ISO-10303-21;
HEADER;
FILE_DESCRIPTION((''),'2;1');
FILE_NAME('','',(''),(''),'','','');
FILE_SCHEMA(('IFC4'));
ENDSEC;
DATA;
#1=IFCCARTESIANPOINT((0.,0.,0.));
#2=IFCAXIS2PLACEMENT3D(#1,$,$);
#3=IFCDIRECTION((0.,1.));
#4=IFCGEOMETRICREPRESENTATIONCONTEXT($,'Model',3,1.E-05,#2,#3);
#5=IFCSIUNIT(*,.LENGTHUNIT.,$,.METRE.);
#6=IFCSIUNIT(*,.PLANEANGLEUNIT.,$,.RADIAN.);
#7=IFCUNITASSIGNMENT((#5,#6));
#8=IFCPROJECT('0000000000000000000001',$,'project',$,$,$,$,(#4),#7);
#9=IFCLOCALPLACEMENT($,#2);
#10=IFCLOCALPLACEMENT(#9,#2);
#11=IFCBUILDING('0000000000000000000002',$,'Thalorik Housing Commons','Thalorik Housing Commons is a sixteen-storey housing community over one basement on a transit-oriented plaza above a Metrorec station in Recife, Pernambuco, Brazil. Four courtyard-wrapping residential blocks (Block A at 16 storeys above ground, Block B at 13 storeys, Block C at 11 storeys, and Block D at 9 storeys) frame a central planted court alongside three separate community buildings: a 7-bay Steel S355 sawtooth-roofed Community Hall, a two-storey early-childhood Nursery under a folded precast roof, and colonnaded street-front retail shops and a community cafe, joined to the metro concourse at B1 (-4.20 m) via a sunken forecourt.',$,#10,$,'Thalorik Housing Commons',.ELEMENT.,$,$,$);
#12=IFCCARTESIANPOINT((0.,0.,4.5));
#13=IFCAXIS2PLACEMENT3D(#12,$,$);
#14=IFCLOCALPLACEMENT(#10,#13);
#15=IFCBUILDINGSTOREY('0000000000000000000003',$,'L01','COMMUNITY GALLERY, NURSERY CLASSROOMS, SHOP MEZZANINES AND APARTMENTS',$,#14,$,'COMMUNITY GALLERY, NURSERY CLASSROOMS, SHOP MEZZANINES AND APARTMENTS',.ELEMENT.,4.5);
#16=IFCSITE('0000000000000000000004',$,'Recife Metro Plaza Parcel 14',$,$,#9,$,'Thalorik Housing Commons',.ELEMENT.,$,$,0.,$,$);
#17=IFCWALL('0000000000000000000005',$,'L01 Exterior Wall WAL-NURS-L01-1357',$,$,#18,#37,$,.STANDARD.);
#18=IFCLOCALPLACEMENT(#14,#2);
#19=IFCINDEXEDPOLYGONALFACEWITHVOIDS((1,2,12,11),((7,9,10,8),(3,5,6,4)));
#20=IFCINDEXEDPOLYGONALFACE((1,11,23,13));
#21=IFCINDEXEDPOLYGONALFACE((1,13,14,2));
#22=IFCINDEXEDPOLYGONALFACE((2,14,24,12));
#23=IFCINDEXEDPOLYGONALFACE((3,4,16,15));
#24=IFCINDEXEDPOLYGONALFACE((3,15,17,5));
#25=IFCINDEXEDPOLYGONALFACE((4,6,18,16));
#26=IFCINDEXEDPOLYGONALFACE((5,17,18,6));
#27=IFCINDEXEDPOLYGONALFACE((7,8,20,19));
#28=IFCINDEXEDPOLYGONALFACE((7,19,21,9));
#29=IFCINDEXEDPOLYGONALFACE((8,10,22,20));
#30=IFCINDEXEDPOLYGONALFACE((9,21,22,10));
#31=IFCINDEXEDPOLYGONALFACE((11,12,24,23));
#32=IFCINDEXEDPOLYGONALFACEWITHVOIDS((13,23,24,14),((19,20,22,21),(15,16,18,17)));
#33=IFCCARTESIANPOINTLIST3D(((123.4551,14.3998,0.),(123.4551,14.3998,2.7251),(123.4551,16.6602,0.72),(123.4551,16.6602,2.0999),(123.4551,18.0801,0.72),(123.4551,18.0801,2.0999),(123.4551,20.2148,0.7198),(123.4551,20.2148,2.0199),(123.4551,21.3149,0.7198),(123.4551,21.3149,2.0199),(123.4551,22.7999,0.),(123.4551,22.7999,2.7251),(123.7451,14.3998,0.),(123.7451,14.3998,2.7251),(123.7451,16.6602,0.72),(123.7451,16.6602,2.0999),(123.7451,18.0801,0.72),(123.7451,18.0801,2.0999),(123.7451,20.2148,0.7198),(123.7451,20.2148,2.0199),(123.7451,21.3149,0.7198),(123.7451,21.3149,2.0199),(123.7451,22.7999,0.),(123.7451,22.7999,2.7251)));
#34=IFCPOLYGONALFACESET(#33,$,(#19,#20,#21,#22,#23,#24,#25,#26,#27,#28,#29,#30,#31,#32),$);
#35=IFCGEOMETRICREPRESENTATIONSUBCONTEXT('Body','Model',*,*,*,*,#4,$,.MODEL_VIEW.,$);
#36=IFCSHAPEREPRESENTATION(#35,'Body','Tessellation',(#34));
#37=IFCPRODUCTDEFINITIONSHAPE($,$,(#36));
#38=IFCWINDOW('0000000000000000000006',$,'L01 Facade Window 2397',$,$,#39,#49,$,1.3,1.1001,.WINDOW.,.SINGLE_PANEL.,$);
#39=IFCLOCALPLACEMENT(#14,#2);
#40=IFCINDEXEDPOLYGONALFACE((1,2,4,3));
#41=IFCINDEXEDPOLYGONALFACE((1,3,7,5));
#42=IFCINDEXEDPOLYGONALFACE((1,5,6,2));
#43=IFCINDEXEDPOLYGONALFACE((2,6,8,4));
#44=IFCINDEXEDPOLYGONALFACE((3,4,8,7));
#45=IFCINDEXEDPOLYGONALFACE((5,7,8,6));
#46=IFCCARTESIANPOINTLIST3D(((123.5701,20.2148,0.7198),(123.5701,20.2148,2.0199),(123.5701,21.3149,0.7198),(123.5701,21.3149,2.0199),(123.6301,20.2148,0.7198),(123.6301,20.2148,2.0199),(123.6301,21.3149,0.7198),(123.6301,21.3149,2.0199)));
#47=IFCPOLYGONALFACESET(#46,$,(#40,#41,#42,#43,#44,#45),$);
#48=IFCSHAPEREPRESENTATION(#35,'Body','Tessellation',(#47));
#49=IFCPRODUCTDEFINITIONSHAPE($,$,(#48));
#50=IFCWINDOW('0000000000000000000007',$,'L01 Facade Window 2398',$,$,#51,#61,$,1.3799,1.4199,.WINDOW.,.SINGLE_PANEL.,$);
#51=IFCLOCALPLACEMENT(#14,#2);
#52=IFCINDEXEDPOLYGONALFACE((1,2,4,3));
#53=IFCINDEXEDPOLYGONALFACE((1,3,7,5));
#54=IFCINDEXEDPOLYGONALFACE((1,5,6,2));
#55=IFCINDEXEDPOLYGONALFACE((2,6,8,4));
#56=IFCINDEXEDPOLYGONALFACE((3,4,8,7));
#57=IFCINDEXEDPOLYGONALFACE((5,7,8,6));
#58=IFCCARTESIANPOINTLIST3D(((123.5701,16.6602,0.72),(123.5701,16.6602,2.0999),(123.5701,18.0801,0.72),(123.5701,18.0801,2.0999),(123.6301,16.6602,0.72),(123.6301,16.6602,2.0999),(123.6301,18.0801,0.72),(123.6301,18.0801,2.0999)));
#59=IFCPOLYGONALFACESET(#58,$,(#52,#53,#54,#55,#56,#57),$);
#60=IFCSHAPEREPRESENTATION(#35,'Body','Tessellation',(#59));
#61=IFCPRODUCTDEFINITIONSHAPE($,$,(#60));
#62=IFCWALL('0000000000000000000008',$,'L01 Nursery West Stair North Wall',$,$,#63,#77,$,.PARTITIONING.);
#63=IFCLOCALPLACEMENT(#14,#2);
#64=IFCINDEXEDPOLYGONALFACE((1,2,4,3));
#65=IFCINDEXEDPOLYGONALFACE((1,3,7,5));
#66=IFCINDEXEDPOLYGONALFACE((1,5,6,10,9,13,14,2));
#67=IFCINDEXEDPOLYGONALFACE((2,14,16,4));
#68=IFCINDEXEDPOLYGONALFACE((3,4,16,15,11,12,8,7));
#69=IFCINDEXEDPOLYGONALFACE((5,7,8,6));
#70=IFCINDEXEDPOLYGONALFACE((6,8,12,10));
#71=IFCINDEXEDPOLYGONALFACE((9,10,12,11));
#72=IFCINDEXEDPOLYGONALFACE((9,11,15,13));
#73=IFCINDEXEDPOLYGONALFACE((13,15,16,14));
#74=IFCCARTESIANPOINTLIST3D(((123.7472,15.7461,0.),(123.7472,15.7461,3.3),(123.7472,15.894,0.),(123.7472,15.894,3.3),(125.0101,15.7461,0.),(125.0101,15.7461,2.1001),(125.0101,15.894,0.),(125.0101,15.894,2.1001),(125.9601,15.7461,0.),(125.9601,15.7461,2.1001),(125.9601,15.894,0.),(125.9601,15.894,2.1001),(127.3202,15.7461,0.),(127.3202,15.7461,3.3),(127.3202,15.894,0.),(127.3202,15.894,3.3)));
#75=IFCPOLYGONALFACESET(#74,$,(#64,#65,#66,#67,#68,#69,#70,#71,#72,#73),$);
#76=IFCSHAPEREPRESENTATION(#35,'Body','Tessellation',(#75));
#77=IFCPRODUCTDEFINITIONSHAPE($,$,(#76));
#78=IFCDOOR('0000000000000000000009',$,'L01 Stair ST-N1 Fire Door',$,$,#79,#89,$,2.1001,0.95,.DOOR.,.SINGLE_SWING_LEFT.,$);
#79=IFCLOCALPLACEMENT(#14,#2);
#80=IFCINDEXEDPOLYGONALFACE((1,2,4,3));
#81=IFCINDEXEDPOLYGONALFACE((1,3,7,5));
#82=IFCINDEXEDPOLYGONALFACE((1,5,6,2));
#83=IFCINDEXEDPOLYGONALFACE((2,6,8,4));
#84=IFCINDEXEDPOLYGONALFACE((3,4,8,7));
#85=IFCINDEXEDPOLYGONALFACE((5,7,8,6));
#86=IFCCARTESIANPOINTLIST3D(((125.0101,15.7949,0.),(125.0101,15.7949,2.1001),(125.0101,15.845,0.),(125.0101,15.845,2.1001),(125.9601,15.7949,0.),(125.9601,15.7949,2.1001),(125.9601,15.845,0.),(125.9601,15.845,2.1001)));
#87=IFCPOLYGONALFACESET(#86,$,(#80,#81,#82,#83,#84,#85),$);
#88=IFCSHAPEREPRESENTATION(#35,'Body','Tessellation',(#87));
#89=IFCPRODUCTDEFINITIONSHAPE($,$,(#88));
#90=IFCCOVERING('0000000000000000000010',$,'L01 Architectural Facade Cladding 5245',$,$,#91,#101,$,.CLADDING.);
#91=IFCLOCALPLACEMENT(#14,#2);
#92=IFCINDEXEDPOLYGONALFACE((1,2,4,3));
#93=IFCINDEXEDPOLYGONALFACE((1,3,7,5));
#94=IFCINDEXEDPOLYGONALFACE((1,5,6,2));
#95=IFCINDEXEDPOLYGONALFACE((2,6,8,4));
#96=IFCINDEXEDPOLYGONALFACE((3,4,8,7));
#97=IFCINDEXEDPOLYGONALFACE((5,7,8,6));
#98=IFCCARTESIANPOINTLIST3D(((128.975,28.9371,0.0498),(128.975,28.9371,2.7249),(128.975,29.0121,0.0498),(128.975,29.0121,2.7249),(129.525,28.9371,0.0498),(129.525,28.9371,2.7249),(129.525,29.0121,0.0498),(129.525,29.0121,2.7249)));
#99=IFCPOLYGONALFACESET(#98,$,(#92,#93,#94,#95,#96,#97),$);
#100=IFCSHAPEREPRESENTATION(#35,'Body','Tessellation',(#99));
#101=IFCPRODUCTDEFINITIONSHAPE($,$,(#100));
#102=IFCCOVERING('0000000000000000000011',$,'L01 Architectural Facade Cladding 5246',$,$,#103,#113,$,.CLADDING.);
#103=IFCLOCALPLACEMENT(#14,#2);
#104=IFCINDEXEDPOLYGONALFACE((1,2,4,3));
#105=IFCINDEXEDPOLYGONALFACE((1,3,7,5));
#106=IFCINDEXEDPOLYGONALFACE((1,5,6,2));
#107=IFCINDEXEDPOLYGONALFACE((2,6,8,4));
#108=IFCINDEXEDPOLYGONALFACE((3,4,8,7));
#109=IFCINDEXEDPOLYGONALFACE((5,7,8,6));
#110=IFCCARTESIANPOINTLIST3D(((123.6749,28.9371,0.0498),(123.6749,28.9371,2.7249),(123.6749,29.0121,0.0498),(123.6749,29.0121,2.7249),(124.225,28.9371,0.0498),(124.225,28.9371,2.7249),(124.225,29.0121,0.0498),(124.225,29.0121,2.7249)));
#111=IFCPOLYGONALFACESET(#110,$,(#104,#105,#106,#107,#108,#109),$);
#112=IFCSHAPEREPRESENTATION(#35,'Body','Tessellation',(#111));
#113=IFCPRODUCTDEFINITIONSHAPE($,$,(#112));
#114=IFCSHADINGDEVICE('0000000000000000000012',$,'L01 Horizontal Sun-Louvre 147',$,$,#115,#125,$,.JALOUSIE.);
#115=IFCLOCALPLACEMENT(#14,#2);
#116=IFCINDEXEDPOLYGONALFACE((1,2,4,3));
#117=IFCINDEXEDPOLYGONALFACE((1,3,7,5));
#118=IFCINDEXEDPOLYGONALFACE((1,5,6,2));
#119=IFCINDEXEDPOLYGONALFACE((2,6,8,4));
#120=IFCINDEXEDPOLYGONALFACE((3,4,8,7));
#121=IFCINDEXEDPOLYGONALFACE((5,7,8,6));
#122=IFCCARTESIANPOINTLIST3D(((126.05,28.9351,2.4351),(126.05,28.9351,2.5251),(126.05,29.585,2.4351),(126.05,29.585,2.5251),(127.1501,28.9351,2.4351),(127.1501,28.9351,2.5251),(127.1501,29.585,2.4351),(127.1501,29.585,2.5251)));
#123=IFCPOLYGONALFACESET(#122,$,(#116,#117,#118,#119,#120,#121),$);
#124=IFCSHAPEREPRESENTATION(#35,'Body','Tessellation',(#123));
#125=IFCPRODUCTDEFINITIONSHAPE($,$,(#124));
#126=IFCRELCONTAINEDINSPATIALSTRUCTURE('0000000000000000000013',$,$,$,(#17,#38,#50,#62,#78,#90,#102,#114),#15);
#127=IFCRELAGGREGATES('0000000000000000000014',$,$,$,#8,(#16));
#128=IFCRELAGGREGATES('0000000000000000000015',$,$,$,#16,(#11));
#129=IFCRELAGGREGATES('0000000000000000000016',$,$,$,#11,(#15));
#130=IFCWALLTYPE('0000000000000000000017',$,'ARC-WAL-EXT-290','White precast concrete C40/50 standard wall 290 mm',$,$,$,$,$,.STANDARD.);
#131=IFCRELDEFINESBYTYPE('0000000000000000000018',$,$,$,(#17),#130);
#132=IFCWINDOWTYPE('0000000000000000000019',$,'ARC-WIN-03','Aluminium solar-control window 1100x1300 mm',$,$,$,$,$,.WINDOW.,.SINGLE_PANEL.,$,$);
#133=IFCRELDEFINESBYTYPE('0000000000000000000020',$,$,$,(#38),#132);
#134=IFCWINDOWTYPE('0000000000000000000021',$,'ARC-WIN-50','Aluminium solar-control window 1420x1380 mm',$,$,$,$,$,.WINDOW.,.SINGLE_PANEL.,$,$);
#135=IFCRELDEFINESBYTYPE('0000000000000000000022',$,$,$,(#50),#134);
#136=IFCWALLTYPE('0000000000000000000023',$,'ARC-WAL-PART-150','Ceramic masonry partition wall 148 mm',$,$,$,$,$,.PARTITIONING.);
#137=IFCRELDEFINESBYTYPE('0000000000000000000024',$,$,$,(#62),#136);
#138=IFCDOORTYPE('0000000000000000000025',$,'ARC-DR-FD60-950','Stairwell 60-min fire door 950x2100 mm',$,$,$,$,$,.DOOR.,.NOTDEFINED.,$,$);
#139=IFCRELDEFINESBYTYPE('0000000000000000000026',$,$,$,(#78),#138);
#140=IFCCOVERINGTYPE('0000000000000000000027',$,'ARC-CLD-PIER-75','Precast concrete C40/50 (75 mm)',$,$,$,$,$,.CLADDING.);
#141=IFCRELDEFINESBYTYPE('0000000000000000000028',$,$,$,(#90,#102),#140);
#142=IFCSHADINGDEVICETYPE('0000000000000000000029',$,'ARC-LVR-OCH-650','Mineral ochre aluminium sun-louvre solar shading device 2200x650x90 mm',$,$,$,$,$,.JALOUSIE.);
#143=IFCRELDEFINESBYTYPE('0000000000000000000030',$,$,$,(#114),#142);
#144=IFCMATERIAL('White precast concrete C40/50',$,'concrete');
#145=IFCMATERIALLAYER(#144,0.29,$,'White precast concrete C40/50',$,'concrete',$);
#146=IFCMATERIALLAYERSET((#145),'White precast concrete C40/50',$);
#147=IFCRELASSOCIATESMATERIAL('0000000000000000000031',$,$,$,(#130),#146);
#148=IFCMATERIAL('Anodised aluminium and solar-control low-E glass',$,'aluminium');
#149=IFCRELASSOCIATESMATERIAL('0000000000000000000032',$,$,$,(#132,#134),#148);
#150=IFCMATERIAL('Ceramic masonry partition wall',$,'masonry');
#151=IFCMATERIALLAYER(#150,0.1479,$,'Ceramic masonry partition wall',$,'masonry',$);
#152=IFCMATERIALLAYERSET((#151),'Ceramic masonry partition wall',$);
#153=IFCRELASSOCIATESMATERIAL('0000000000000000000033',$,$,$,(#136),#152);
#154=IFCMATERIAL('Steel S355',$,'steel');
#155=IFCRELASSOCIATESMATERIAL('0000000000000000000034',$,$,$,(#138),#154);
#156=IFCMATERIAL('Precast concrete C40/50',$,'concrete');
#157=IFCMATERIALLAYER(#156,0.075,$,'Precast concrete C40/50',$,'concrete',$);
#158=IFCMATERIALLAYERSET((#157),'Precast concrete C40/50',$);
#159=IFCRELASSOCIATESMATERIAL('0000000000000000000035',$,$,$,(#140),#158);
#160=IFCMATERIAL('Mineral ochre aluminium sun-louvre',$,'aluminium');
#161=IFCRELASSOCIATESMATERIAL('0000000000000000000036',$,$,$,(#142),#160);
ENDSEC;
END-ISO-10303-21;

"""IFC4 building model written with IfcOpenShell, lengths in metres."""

from ifc_helpers import new_model, si_unit, direction, frame, frame_2d, origin, origin_2d, place, context, subcontext, project, spatial, rectangle, extrude, material, layer, layer_set, type_object, element, fill, save


model = new_model("IFC4")

# Units and contexts
model_context = context("Model", 3, precision=1e-05, world=origin(), true_north=direction((0.0, 1.0)))
body_context = subcontext(model_context, "Body", "Model", "MODEL_VIEW")
ifc_project = project(units=[si_unit("LENGTHUNIT", "METRE"), si_unit("PLANEANGLEUNIT", "RADIAN")], contexts=[model_context])

# Site, building, storey
site_placement = place(None, origin())
site = spatial("IfcSite", under=ifc_project, at=site_placement, Name="Recife Metro Plaza Parcel 14", LongName="Thalorik Housing Commons", CompositionType="ELEMENT", RefElevation=0.0)
building_placement = place(site_placement, origin())
building = spatial("IfcBuilding", under=site, at=building_placement, Name="Thalorik Housing Commons", Description="Thalorik Housing Commons is a sixteen-storey housing community over one basement on a transit-oriented plaza above a Metrorec station in Recife, Pernambuco, Brazil. Four courtyard-wrapping residential blocks (Block A at 16 storeys above ground, Block B at 13 storeys, Block C at 11 storeys, and Block D at 9 storeys) frame a central planted court alongside three separate community buildings: a 7-bay Steel S355 sawtooth-roofed Community Hall, a two-storey early-childhood Nursery under a folded precast roof, and colonnaded street-front retail shops and a community cafe, joined to the metro concourse at B1 (-4.20 m) via a sunken forecourt.", LongName="Thalorik Housing Commons", CompositionType="ELEMENT")
storey_placement = place(building_placement, frame((0.0, 0.0, 4.5)))
storey = spatial("IfcBuildingStorey", under=building, at=storey_placement, Name="L01", Description="COMMUNITY GALLERY, NURSERY CLASSROOMS, SHOP MEZZANINES AND APARTMENTS", LongName="COMMUNITY GALLERY, NURSERY CLASSROOMS, SHOP MEZZANINES AND APARTMENTS", CompositionType="ELEMENT", Elevation=4.5)

# Shared definitions
ifc_material_1 = material(Name="Precast concrete C40/50", Category="concrete")

# Shared definitions
ifc_material_2 = material(Name="White precast concrete C40/50", Category="concrete")
ifc_layer_1 = layer(ifc_material_2, 0.29, Name="White precast concrete C40/50", Category="concrete")
ifc_layer_set_1 = layer_set([ifc_layer_1], Name="White precast concrete C40/50")
wall_type_1 = type_object("IfcWallType", Name="ARC-WAL-EXT-290", Description="White precast concrete C40/50 standard wall 290 mm", PredefinedType="STANDARD", material=ifc_layer_set_1)
ifc_material_3 = material(Name="Anodised aluminium and solar-control low-E glass", Category="aluminium")

# Wall, openings, windows
wall_1_placement = place(storey_placement, frame((123.6001, 22.8, 0.0), z_axis=(0.0, 0.0, 1.0), x_axis=(0.0, -1.0, 0.0)))
wall_1 = element("IfcWall", 1, at=wall_1_placement, inside=storey, type_object=wall_type_1, Name="L01 Exterior Wall WAL-NURS-L01-1357", PredefinedType="STANDARD", context=body_context, shape_type="SweptSolid", body=[
    extrude(rectangle(XDim=8.4001, YDim=0.29, at=frame_2d((4.2002, 0.0))), origin(), (0.0, 0.0, 1.0), 2.7251),
])
opening_1_placement = place(wall_1_placement, frame((1.4851, 0.0, 0.72)))
opening_1 = element("IfcOpeningElement", 2, at=opening_1_placement, cuts=wall_1, PredefinedType="OPENING", context=body_context, shape_type="SweptSolid", body=[
    extrude(rectangle(XDim=1.1001, YDim=1.3, at=frame_2d((0.55, 0.6499))), frame((0.0, 0.155, 0.0), z_axis=(0.0, -1.0, 0.0), x_axis=(1.0, 0.0, 0.0)), (0.0, 0.0, 1.0), 0.3101),
])
opening_2_placement = place(wall_1_placement, frame((4.72, 0.0, 0.72)))
opening_2 = element("IfcOpeningElement", 3, at=opening_2_placement, cuts=wall_1, PredefinedType="OPENING", context=body_context, shape_type="SweptSolid", body=[
    extrude(rectangle(XDim=1.4199, YDim=1.3799, at=frame_2d((0.71, 0.6899))), frame((0.0, 0.155, 0.0), z_axis=(0.0, -1.0, 0.0), x_axis=(1.0, 0.0, 0.0)), (0.0, 0.0, 1.0), 0.3101),
])
window_type_1 = type_object("IfcWindowType", Name="ARC-WIN-03", Description="Aluminium solar-control window 1100x1300 mm", PartitioningType="SINGLE_PANEL", PredefinedType="WINDOW", material=ifc_material_3)
window_1_placement = place(opening_1_placement, origin())
window_1 = element("IfcWindow", 4, at=window_1_placement, inside=storey, type_object=window_type_1, Name="L01 Facade Window 2397", OverallHeight=1.3, OverallWidth=1.1001, PartitioningType="SINGLE_PANEL", PredefinedType="WINDOW", context=body_context, shape_type="SweptSolid", body=[
    extrude(rectangle(XDim=1.1001, YDim=1.3, at=frame_2d((0.55, 0.6499))), frame((0.0, 0.03, 0.0), z_axis=(0.0, -1.0, 0.0), x_axis=(1.0, 0.0, 0.0)), (0.0, 0.0, 1.0), 0.0601),
])
fill(opening_1, window_1)
window_type_2 = type_object("IfcWindowType", Name="ARC-WIN-50", Description="Aluminium solar-control window 1420x1380 mm", PartitioningType="SINGLE_PANEL", PredefinedType="WINDOW", material=ifc_material_3)
window_2_placement = place(opening_2_placement, origin())
window_2 = element("IfcWindow", 5, at=window_2_placement, inside=storey, type_object=window_type_2, Name="L01 Facade Window 2398", OverallHeight=1.3799, OverallWidth=1.4199, PartitioningType="SINGLE_PANEL", PredefinedType="WINDOW", context=body_context, shape_type="SweptSolid", body=[
    extrude(rectangle(XDim=1.4199, YDim=1.3799, at=frame_2d((0.71, 0.6899))), frame((0.0, 0.03, 0.0), z_axis=(0.0, -1.0, 0.0), x_axis=(1.0, 0.0, 0.0)), (0.0, 0.0, 1.0), 0.0601),
])
fill(opening_2, window_2)

# Wall, opening, door
ifc_material_4 = material(Name="Ceramic masonry partition wall", Category="masonry")
ifc_layer_2 = layer(ifc_material_4, 0.1479, Name="Ceramic masonry partition wall", Category="masonry")
ifc_layer_set_2 = layer_set([ifc_layer_2], Name="Ceramic masonry partition wall")
wall_type_2 = type_object("IfcWallType", Name="ARC-WAL-PART-150", Description="Ceramic masonry partition wall 148 mm", PredefinedType="PARTITIONING", material=ifc_layer_set_2)
wall_2_placement = place(storey_placement, frame((123.7471, 15.8201, 0.0), z_axis=(0.0, 0.0, 1.0), x_axis=(1.0, 0.0, 0.0)))
wall_2 = element("IfcWall", 6, at=wall_2_placement, inside=storey, type_object=wall_type_2, Name="L01 Nursery West Stair North Wall", PredefinedType="PARTITIONING", context=body_context, shape_type="SweptSolid", body=[
    extrude(rectangle(XDim=3.573, YDim=0.1479, at=frame_2d((1.7866, 0.0))), origin(), (0.0, 0.0, 1.0), 3.3),
])
opening_3_placement = place(wall_2_placement, frame((1.2629, 0.0, 0.0)))
opening_3 = element("IfcOpeningElement", 7, at=opening_3_placement, cuts=wall_2, PredefinedType="OPENING", context=body_context, shape_type="SweptSolid", body=[
    extrude(rectangle(XDim=0.95, YDim=2.1001, at=frame_2d((0.4751, 1.05))), frame((0.0, 0.084, 0.0), z_axis=(0.0, -1.0, 0.0), x_axis=(1.0, 0.0, 0.0)), (0.0, 0.0, 1.0), 0.168),
])
ifc_material_5 = material(Name="Steel S355", Category="steel")
door_type_1 = type_object("IfcDoorType", Name="ARC-DR-FD60-950", Description="Stairwell 60-min fire door 950x2100 mm", OperationType="NOTDEFINED", PredefinedType="DOOR", material=ifc_material_5)
door_1_placement = place(opening_3_placement, origin())
door_1 = element("IfcDoor", 8, at=door_1_placement, inside=storey, type_object=door_type_1, Name="L01 Stair ST-N1 Fire Door", OperationType="SINGLE_SWING_LEFT", OverallHeight=2.1001, OverallWidth=0.95, PredefinedType="DOOR", context=body_context, shape_type="SweptSolid", body=[
    extrude(rectangle(XDim=0.95, YDim=2.1001, at=frame_2d((0.4751, 1.05))), frame((0.0, 0.0249, 0.0), z_axis=(0.0, -1.0, 0.0), x_axis=(1.0, 0.0, 0.0)), (0.0, 0.0, 1.0), 0.05),
])
fill(opening_3, door_1)

# Coverings
ifc_layer_3 = layer(ifc_material_1, 0.075, Name="Precast concrete C40/50", Category="concrete")
ifc_layer_set_3 = layer_set([ifc_layer_3], Name="Precast concrete C40/50")
covering_type = type_object("IfcCoveringType", Name="ARC-CLD-PIER-75", Description="Precast concrete C40/50 (75 mm)", PredefinedType="CLADDING", material=ifc_layer_set_3)
for number, where, z_axis, x_axis, name in (
    (9, (129.25, 28.9746, 0.0498), (0.0, 0.0, 1.0), (-1.0, 0.0, 0.0), "L01 Architectural Facade Cladding 5245"),
    (10, (123.95, 28.9746, 0.0498), (0.0, 0.0, 1.0), (-1.0, 0.0, 0.0), "L01 Architectural Facade Cladding 5246"),
):
    element("IfcCovering", number, at=place(storey_placement, frame(where, z_axis=z_axis, x_axis=x_axis)), inside=storey, type_object=covering_type, Name=name, PredefinedType="CLADDING", context=body_context, shape_type="SweptSolid", body=[
        extrude(rectangle(XDim=0.55, YDim=0.075, at=origin_2d()), origin(), (0.0, 0.0, 1.0), 2.675),
    ])

# Shading device
ifc_material_6 = material(Name="Mineral ochre aluminium sun-louvre", Category="aluminium")
shading_device_type = type_object("IfcShadingDeviceType", Name="ARC-LVR-OCH-650", Description="Mineral ochre aluminium sun-louvre solar shading device 2200x650x90 mm", PredefinedType="JALOUSIE", material=ifc_material_6)
shading_device_placement = place(storey_placement, frame((126.6001, 29.26, 2.4351), z_axis=(0.0, 0.0, 1.0), x_axis=(-1.0, 0.0, 0.0)))
element("IfcShadingDevice", 11, at=shading_device_placement, inside=storey, type_object=shading_device_type, Name="L01 Horizontal Sun-Louvre 147", PredefinedType="JALOUSIE", context=body_context, shape_type="SweptSolid", body=[
    extrude(rectangle(XDim=1.1001, YDim=0.6499, at=origin_2d()), origin(), (0.0, 0.0, 1.0), 0.0901),
])

save(model, "model.ifc")
